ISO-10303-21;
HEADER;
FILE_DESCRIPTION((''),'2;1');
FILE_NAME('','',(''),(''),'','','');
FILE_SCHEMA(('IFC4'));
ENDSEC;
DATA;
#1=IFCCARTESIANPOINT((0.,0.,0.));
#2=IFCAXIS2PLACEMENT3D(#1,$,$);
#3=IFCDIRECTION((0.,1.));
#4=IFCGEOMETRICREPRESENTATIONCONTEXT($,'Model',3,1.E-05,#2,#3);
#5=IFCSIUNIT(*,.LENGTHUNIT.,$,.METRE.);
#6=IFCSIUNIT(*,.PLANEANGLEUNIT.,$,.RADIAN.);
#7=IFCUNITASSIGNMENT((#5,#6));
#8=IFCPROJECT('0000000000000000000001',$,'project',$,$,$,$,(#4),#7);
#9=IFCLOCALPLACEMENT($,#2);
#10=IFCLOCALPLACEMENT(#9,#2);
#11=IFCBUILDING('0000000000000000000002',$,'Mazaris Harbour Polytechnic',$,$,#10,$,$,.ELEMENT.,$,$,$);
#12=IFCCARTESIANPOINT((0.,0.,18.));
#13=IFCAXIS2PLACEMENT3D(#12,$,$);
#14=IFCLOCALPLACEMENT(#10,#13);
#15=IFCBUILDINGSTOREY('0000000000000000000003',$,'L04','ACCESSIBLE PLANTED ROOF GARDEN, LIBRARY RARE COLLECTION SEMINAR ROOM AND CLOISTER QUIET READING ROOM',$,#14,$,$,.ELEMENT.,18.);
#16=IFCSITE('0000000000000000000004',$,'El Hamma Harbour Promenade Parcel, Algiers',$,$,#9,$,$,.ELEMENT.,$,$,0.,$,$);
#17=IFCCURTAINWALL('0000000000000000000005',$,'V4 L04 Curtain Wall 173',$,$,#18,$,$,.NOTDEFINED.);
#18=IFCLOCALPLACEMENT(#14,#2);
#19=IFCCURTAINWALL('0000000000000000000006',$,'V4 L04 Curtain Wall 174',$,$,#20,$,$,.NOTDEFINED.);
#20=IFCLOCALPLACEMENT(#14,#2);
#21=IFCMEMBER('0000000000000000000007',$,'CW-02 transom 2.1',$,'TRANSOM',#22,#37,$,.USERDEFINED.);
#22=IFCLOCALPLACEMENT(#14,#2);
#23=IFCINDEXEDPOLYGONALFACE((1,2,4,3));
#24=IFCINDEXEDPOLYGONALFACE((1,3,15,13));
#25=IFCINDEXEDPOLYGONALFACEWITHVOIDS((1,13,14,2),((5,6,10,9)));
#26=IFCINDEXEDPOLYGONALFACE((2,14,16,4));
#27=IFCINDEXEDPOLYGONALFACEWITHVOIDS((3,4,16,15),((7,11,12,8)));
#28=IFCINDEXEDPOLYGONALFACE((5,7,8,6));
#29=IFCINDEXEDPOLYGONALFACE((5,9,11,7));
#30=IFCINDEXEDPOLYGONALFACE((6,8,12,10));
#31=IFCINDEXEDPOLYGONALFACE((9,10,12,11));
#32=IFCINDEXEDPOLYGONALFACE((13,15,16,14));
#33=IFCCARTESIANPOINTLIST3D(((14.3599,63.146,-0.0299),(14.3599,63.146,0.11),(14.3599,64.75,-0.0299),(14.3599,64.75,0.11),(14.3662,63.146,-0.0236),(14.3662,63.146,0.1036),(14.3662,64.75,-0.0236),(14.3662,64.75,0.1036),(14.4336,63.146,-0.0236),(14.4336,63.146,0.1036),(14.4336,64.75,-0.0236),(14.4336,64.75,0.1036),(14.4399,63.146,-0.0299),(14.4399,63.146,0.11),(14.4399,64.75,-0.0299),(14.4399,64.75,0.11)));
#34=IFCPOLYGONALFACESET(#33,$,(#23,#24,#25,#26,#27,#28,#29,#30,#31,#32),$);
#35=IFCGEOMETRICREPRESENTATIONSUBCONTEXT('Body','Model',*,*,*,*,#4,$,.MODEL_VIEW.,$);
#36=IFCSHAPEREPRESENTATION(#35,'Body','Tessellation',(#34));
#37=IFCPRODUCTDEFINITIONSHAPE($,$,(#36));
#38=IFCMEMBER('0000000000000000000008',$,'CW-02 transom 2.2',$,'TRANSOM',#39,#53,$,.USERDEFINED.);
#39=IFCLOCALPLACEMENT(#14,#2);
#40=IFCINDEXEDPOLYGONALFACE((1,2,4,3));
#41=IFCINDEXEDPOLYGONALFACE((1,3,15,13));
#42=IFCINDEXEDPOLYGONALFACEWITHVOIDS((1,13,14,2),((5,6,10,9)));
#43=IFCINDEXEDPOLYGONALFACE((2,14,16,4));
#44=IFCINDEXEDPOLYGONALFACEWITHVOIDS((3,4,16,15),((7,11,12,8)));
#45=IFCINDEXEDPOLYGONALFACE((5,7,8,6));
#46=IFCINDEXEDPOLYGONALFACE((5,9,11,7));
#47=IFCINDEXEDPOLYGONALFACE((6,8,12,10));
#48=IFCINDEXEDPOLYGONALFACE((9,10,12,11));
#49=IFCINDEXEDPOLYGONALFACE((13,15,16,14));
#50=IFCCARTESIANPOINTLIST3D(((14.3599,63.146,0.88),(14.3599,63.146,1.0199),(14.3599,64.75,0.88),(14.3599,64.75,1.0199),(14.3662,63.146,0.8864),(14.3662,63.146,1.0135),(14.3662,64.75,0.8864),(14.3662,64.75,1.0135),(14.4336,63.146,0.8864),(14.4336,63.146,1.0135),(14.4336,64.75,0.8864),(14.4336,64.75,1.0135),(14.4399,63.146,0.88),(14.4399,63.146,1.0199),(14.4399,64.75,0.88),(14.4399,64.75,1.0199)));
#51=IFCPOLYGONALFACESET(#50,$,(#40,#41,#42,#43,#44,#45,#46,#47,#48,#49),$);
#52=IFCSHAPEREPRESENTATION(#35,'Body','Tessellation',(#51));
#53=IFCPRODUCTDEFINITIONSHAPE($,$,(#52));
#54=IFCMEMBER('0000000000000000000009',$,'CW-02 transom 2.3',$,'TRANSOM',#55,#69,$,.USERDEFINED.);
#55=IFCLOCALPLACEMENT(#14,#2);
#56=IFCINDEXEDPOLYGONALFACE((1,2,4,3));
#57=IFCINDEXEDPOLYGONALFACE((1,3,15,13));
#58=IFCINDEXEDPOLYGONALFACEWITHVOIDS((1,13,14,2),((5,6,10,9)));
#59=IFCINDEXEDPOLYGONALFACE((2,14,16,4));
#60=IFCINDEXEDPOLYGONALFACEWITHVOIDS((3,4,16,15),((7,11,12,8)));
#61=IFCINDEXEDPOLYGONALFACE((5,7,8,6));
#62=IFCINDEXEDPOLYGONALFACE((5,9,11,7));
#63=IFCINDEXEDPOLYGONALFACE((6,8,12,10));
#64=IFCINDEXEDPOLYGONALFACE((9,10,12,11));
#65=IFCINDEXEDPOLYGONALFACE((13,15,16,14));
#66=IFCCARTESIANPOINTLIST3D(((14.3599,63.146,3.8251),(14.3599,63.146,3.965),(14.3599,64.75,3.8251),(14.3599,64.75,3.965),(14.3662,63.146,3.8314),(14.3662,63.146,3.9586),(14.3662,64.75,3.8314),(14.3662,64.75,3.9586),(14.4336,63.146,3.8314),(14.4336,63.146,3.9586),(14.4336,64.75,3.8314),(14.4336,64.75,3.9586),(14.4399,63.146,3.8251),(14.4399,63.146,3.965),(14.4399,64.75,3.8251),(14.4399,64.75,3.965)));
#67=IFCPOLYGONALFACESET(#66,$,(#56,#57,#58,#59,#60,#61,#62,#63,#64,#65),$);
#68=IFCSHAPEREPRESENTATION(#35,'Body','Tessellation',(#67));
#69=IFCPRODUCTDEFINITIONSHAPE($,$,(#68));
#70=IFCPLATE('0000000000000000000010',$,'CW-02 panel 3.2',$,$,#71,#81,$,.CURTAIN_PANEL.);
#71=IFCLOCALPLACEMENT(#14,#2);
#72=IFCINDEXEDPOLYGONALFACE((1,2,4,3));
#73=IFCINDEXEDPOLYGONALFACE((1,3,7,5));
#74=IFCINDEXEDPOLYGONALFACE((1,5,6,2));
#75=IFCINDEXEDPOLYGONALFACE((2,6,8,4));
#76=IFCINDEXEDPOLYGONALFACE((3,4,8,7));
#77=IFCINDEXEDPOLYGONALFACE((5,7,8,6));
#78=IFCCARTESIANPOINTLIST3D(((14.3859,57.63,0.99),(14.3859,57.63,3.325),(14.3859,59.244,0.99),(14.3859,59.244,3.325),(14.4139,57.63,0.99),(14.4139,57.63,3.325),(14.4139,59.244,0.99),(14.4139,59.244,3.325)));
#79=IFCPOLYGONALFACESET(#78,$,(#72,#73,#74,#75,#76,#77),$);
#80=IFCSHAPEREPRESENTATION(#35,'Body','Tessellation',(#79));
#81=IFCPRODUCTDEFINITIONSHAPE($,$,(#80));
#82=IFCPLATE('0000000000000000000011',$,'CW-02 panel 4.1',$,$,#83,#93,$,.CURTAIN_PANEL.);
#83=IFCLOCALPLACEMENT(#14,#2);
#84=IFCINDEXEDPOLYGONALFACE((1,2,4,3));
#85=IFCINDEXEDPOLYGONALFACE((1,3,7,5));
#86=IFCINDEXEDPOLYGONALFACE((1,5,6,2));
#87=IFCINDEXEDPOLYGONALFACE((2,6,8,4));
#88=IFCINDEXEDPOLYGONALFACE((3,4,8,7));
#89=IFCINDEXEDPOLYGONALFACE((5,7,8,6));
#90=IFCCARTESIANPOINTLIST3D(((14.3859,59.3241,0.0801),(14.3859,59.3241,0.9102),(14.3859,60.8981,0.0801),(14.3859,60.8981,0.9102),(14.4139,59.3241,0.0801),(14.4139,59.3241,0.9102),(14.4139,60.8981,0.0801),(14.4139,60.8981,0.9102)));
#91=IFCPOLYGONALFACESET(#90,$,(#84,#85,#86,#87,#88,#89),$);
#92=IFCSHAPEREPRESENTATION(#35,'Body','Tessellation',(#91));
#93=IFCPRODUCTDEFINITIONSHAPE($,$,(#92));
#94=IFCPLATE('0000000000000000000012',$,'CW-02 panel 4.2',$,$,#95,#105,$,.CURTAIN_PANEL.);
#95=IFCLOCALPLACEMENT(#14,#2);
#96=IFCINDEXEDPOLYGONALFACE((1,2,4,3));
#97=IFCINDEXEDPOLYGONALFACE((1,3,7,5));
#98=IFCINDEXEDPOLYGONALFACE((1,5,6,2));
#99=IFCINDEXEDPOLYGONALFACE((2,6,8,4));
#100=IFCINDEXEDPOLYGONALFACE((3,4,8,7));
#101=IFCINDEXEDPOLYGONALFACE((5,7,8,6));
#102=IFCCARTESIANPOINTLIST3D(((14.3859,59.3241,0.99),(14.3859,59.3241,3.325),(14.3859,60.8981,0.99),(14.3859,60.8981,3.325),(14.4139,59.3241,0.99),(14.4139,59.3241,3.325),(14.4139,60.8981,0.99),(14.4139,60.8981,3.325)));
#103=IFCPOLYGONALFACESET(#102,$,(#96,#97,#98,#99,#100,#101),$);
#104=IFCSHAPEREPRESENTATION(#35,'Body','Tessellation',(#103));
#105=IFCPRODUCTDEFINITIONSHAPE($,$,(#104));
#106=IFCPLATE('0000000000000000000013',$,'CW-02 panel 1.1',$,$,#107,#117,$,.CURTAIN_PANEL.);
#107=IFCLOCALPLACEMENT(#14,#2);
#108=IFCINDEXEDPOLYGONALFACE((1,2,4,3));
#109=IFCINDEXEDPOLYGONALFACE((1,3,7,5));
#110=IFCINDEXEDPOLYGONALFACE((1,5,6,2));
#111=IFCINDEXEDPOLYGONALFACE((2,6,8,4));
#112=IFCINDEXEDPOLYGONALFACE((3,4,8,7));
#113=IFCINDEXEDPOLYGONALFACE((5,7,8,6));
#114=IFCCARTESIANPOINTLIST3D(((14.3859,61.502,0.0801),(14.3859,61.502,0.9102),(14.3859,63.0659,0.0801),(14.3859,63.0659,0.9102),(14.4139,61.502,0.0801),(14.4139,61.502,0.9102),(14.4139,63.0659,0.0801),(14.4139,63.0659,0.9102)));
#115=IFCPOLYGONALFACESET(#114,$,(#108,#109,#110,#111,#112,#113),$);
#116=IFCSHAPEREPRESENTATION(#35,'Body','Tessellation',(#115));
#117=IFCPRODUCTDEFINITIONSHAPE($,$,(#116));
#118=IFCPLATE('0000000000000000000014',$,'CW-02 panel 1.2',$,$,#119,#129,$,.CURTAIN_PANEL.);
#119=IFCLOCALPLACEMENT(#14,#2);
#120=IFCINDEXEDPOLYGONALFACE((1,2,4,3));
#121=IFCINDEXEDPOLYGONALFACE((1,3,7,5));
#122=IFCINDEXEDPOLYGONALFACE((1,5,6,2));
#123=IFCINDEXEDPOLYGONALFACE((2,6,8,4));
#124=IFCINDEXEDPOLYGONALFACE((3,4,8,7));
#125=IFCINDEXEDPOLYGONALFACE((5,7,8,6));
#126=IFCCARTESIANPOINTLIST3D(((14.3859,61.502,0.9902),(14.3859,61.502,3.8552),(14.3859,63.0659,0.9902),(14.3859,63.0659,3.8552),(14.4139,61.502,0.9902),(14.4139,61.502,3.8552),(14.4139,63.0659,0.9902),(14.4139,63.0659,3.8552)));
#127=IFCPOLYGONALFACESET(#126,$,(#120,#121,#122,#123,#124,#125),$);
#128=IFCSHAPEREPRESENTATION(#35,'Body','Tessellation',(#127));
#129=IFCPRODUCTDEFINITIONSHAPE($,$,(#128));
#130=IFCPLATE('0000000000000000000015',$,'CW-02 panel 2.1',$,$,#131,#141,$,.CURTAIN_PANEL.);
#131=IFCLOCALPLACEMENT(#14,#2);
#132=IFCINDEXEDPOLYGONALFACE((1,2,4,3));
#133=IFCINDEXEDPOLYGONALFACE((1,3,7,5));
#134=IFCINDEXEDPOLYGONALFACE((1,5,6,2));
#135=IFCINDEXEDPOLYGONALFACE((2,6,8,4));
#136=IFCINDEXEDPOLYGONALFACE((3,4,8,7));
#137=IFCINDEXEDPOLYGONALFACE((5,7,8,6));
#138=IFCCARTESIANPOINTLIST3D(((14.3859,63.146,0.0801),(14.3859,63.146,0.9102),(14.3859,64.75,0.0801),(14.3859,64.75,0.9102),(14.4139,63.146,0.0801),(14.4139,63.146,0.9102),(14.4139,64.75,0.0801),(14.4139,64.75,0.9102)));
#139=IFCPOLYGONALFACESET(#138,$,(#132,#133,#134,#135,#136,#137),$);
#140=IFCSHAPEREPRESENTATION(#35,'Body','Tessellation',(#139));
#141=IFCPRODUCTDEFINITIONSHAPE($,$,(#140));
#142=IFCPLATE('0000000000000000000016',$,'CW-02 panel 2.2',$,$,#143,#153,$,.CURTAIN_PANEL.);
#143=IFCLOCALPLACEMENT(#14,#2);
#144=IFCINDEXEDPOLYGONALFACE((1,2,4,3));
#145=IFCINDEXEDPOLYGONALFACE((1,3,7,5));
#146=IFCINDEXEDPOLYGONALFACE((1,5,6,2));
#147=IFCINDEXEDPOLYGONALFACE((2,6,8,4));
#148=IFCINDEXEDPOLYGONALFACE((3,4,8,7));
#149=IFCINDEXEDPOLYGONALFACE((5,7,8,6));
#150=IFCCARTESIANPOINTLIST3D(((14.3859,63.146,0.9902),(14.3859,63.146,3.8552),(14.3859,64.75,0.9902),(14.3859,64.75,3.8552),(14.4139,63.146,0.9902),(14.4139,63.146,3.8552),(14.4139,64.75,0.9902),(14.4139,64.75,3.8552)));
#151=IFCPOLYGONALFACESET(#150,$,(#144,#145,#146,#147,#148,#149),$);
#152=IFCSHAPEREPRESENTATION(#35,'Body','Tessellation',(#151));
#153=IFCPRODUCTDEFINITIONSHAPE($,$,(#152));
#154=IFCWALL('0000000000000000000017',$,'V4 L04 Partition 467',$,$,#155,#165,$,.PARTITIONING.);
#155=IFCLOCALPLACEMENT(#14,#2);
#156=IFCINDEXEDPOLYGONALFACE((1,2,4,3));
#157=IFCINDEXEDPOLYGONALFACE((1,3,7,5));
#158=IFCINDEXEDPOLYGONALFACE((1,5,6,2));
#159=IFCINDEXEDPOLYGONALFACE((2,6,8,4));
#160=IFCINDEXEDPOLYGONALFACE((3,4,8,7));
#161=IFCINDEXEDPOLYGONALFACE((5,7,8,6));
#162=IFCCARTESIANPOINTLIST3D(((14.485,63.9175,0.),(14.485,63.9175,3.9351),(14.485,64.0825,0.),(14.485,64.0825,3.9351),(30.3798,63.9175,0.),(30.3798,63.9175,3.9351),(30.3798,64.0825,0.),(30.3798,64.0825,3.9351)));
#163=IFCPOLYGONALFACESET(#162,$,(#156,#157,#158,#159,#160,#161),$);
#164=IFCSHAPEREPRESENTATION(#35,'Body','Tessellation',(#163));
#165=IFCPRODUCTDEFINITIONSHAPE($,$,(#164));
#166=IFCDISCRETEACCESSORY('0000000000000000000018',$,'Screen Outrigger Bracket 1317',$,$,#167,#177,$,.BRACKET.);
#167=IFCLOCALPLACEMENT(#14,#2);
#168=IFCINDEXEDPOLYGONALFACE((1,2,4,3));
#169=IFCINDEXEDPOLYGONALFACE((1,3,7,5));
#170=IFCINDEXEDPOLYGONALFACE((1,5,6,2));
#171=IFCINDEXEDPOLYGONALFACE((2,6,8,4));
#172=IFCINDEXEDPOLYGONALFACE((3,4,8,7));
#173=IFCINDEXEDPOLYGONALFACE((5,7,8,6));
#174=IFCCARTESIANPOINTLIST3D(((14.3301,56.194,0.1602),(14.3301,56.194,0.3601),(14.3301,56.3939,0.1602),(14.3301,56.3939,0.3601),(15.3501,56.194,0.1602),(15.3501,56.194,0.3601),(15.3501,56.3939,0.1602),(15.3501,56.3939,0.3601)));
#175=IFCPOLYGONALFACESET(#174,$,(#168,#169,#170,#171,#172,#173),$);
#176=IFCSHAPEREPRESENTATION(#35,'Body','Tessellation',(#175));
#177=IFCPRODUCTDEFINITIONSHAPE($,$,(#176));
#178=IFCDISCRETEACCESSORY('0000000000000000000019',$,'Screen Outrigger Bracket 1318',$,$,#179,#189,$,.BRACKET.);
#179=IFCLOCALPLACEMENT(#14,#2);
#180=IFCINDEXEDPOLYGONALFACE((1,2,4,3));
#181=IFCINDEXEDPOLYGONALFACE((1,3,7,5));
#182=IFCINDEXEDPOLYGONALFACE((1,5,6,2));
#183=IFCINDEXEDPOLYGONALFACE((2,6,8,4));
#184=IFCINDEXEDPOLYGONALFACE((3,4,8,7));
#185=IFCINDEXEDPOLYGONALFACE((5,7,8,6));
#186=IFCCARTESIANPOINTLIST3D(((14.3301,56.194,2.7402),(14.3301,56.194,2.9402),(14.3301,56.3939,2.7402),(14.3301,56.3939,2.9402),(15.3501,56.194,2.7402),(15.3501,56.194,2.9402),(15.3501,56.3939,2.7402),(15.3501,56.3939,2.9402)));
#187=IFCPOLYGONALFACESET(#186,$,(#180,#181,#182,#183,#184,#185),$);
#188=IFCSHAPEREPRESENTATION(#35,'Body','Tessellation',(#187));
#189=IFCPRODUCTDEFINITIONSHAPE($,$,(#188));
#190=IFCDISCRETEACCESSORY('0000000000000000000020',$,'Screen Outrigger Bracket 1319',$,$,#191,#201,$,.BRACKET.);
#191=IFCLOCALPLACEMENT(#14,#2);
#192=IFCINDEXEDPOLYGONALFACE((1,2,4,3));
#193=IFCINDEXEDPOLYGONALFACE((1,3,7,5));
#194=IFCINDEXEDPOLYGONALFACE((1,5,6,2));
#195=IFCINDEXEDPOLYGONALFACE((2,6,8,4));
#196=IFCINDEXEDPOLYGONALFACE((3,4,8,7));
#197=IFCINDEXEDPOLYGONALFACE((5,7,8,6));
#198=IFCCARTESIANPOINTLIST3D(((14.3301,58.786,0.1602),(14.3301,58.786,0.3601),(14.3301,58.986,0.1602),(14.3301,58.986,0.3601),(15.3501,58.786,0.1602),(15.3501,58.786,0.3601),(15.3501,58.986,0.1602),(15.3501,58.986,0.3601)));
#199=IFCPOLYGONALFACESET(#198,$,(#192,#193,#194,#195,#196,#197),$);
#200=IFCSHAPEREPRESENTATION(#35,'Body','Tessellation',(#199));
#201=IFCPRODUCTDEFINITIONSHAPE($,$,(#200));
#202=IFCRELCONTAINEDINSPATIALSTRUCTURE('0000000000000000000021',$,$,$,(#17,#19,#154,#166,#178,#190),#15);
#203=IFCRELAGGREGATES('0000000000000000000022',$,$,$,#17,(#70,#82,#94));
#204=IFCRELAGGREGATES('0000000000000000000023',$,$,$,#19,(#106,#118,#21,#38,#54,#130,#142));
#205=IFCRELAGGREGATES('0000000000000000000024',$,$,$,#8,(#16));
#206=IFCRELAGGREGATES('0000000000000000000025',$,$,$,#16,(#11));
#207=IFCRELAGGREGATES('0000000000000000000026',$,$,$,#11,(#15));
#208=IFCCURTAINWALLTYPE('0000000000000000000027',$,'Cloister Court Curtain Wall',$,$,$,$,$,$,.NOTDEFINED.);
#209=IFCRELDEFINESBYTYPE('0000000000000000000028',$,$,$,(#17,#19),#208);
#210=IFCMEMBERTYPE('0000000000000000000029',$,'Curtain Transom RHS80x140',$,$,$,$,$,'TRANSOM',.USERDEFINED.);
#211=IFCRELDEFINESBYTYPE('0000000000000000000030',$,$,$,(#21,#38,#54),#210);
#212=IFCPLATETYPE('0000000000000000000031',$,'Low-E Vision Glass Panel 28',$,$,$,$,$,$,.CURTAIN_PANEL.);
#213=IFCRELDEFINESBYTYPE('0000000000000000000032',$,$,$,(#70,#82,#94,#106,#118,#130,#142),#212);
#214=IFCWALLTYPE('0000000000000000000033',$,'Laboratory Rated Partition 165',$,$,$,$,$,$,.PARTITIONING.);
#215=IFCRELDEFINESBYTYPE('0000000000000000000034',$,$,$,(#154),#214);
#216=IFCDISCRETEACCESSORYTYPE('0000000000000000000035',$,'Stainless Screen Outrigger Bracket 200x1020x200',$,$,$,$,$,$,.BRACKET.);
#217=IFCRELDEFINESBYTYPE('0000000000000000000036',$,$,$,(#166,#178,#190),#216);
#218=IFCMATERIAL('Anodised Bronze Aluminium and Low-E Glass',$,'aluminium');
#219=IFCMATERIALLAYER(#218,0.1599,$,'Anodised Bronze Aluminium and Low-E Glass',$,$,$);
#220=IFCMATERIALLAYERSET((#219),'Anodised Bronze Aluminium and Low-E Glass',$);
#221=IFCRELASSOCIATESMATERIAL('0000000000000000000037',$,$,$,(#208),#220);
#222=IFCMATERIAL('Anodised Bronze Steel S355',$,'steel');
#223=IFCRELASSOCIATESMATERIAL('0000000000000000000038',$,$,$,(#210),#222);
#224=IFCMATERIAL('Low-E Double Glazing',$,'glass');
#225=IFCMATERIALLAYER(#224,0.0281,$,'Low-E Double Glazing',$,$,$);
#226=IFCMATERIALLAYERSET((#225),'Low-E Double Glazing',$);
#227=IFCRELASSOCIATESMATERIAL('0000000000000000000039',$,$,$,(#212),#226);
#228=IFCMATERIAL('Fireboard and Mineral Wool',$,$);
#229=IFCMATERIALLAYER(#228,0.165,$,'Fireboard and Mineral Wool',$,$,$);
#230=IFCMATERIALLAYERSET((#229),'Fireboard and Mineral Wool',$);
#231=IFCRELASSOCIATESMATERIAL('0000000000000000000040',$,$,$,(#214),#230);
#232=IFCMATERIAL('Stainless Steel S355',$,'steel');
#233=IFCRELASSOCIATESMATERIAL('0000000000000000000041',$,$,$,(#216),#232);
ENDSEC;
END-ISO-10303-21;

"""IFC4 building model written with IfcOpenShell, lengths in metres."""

from ifc_helpers import new_model, si_unit, direction, frame, frame_2d, origin, origin_2d, place, context, subcontext, project, spatial, rectangle, hollow_rectangle, extrude, material, layer, layer_set, material_profile, profile_set, type_object, element, aggregate, save


model = new_model("IFC4")

# Units and contexts
model_context = context("Model", 3, precision=1e-05, world=origin(), true_north=direction((0.0, 1.0)))
body_context = subcontext(model_context, "Body", "Model", "MODEL_VIEW")
ifc_project = project(units=[si_unit("LENGTHUNIT", "METRE"), si_unit("PLANEANGLEUNIT", "RADIAN")], contexts=[model_context])

# Site, building, storey
site_placement = place(None, origin())
site = spatial("IfcSite", under=ifc_project, at=site_placement, Name="El Hamma Harbour Promenade Parcel, Algiers", CompositionType="ELEMENT", RefElevation=0.0)
building_placement = place(site_placement, origin())
building = spatial("IfcBuilding", under=site, at=building_placement, Name="Mazaris Harbour Polytechnic", CompositionType="ELEMENT")
storey_placement = place(building_placement, frame((0.0, 0.0, 18.0)))
storey = spatial("IfcBuildingStorey", under=building, at=storey_placement, Name="L04", Description="ACCESSIBLE PLANTED ROOF GARDEN, LIBRARY RARE COLLECTION SEMINAR ROOM AND CLOISTER QUIET READING ROOM", CompositionType="ELEMENT", Elevation=18.0)

# Curtain walls
ifc_material_1 = material(Name="Anodised Bronze Aluminium and Low-E Glass", Category="aluminium")
ifc_layer_1 = layer(ifc_material_1, 0.1599, Name="Anodised Bronze Aluminium and Low-E Glass")
ifc_layer_set_1 = layer_set([ifc_layer_1], Name="Anodised Bronze Aluminium and Low-E Glass")
curtain_wall_type = type_object("IfcCurtainWallType", Name="Cloister Court Curtain Wall", PredefinedType="NOTDEFINED", material=ifc_layer_set_1)
curtain_wall_1_placement = place(storey_placement, origin())
curtain_wall_1 = element("IfcCurtainWall", 1, at=curtain_wall_1_placement, inside=storey, type_object=curtain_wall_type, Name="V4 L04 Curtain Wall 173", PredefinedType="NOTDEFINED")
curtain_wall_2_placement = place(storey_placement, origin())
curtain_wall_2 = element("IfcCurtainWall", 2, at=curtain_wall_2_placement, inside=storey, type_object=curtain_wall_type, Name="V4 L04 Curtain Wall 174", PredefinedType="NOTDEFINED")

# Members
ifc_material_2 = material(Name="Anodised Bronze Steel S355", Category="steel")
ifc_material_profile_1 = material_profile(ifc_material_2, hollow_rectangle(XDim=0.0801, YDim=0.1399, WallThickness=0.0063, at=origin_2d()), Name="RHS 80x140x6.3")
ifc_profile_set_1 = profile_set([ifc_material_profile_1], Name="Anodised Bronze Steel S355")
member_type_1 = type_object("IfcMemberType", Name="Curtain Transom RHS80x140", ElementType="TRANSOM", PredefinedType="USERDEFINED", material=ifc_profile_set_1)
member_1_placement = place(storey_placement, frame((14.3999, 63.146, 0.04), z_axis=(0.0, 1.0, 0.0), x_axis=(-1.0, 0.0, 0.0)))
member_1 = element("IfcMember", 3, at=member_1_placement, type_object=member_type_1, Name="CW-02 transom 2.1", ObjectType="TRANSOM", PredefinedType="USERDEFINED", context=body_context, shape_type="SweptSolid", body=[
    extrude(hollow_rectangle(XDim=0.0801, YDim=0.1399, WallThickness=0.0063, at=origin_2d()), origin(), (0.0, 0.0, 1.0), 1.604),
])
member_2_placement = place(storey_placement, frame((14.3999, 63.146, 0.95), z_axis=(0.0, 1.0, 0.0), x_axis=(-1.0, 0.0, 0.0)))
member_2 = element("IfcMember", 4, at=member_2_placement, type_object=member_type_1, Name="CW-02 transom 2.2", ObjectType="TRANSOM", PredefinedType="USERDEFINED", context=body_context, shape_type="SweptSolid", body=[
    extrude(hollow_rectangle(XDim=0.0801, YDim=0.1399, WallThickness=0.0063, at=origin_2d()), origin(), (0.0, 0.0, 1.0), 1.604),
])
member_3_placement = place(storey_placement, frame((14.3999, 63.146, 3.895), z_axis=(0.0, 1.0, 0.0), x_axis=(-1.0, 0.0, 0.0)))
member_3 = element("IfcMember", 5, at=member_3_placement, type_object=member_type_1, Name="CW-02 transom 2.3", ObjectType="TRANSOM", PredefinedType="USERDEFINED", context=body_context, shape_type="SweptSolid", body=[
    extrude(hollow_rectangle(XDim=0.0801, YDim=0.1399, WallThickness=0.0063, at=origin_2d()), origin(), (0.0, 0.0, 1.0), 1.604),
])

# Plates
ifc_material_3 = material(Name="Low-E Double Glazing", Category="glass")
ifc_layer_2 = layer(ifc_material_3, 0.0281, Name="Low-E Double Glazing")
ifc_layer_set_2 = layer_set([ifc_layer_2], Name="Low-E Double Glazing")
plate_type = type_object("IfcPlateType", Name="Low-E Vision Glass Panel 28", PredefinedType="CURTAIN_PANEL", material=ifc_layer_set_2)
plate_1_placement = place(storey_placement, frame((14.3999, 58.437, 0.99), z_axis=(0.0, 0.0, 1.0), x_axis=(0.0, 1.0, 0.0)))
plate_1 = element("IfcPlate", 6, at=plate_1_placement, type_object=plate_type, Name="CW-02 panel 3.2", PredefinedType="CURTAIN_PANEL", context=body_context, shape_type="SweptSolid", body=[
    extrude(rectangle(XDim=1.614, YDim=0.0281, at=origin_2d()), origin(), (0.0, 0.0, 1.0), 2.335),
])
plate_2_placement = place(storey_placement, frame((14.3999, 60.1111, 0.0801), z_axis=(0.0, 0.0, 1.0), x_axis=(0.0, 1.0, 0.0)))
plate_2 = element("IfcPlate", 7, at=plate_2_placement, type_object=plate_type, Name="CW-02 panel 4.1", PredefinedType="CURTAIN_PANEL", context=body_context, shape_type="SweptSolid", body=[
    extrude(rectangle(XDim=1.574, YDim=0.0281, at=origin_2d()), origin(), (0.0, 0.0, 1.0), 0.8301),
])
plate_3_placement = place(storey_placement, frame((14.3999, 60.1111, 0.99), z_axis=(0.0, 0.0, 1.0), x_axis=(0.0, 1.0, 0.0)))
plate_3 = element("IfcPlate", 8, at=plate_3_placement, type_object=plate_type, Name="CW-02 panel 4.2", PredefinedType="CURTAIN_PANEL", context=body_context, shape_type="SweptSolid", body=[
    extrude(rectangle(XDim=1.574, YDim=0.0281, at=origin_2d()), origin(), (0.0, 0.0, 1.0), 2.335),
])
aggregate(curtain_wall_1, [plate_1, plate_2, plate_3])
plate_4_placement = place(storey_placement, frame((14.3999, 62.2839, 0.0801), z_axis=(0.0, 0.0, 1.0), x_axis=(0.0, 1.0, 0.0)))
plate_4 = element("IfcPlate", 9, at=plate_4_placement, type_object=plate_type, Name="CW-02 panel 1.1", PredefinedType="CURTAIN_PANEL", context=body_context, shape_type="SweptSolid", body=[
    extrude(rectangle(XDim=1.564, YDim=0.0281, at=origin_2d()), origin(), (0.0, 0.0, 1.0), 0.8301),
])
plate_5_placement = place(storey_placement, frame((14.3999, 62.2839, 0.9902), z_axis=(0.0, 0.0, 1.0), x_axis=(0.0, 1.0, 0.0)))
plate_5 = element("IfcPlate", 10, at=plate_5_placement, type_object=plate_type, Name="CW-02 panel 1.2", PredefinedType="CURTAIN_PANEL", context=body_context, shape_type="SweptSolid", body=[
    extrude(rectangle(XDim=1.564, YDim=0.0281, at=origin_2d()), origin(), (0.0, 0.0, 1.0), 2.865),
])
plate_6_placement = place(storey_placement, frame((14.3999, 63.948, 0.0801), z_axis=(0.0, 0.0, 1.0), x_axis=(0.0, 1.0, 0.0)))
plate_6 = element("IfcPlate", 11, at=plate_6_placement, type_object=plate_type, Name="CW-02 panel 2.1", PredefinedType="CURTAIN_PANEL", context=body_context, shape_type="SweptSolid", body=[
    extrude(rectangle(XDim=1.604, YDim=0.0281, at=origin_2d()), origin(), (0.0, 0.0, 1.0), 0.8301),
])
plate_7_placement = place(storey_placement, frame((14.3999, 63.948, 0.9902), z_axis=(0.0, 0.0, 1.0), x_axis=(0.0, 1.0, 0.0)))
plate_7 = element("IfcPlate", 12, at=plate_7_placement, type_object=plate_type, Name="CW-02 panel 2.2", PredefinedType="CURTAIN_PANEL", context=body_context, shape_type="SweptSolid", body=[
    extrude(rectangle(XDim=1.604, YDim=0.0281, at=origin_2d()), origin(), (0.0, 0.0, 1.0), 2.865),
])
aggregate(curtain_wall_2, [plate_4, plate_5, member_1, member_2, member_3, plate_6, plate_7])

# Wall
ifc_material_4 = material(Name="Fireboard and Mineral Wool")
ifc_layer_3 = layer(ifc_material_4, 0.165, Name="Fireboard and Mineral Wool")
ifc_layer_set_3 = layer_set([ifc_layer_3], Name="Fireboard and Mineral Wool")
wall_type = type_object("IfcWallType", Name="Laboratory Rated Partition 165", PredefinedType="PARTITIONING", material=ifc_layer_set_3)
wall_placement = place(storey_placement, frame((14.4851, 64.0, 0.0), z_axis=(0.0, 0.0, 1.0), x_axis=(1.0, 0.0, 0.0)))
element("IfcWall", 13, at=wall_placement, inside=storey, type_object=wall_type, Name="V4 L04 Partition 467", PredefinedType="PARTITIONING", context=body_context, shape_type="SweptSolid", body=[
    extrude(rectangle(XDim=15.8948, YDim=0.165, at=frame_2d((7.9473, 0.0))), origin(), (0.0, 0.0, 1.0), 3.9351),
])

# Discrete accessories
ifc_material_5 = material(Name="Stainless Steel S355", Category="steel")
discrete_accessory_type = type_object("IfcDiscreteAccessoryType", Name="Stainless Screen Outrigger Bracket 200x1020x200", PredefinedType="BRACKET", material=ifc_material_5)
for number, where, z_axis, x_axis, name in (
    (14, (14.8401, 56.2939, 0.1602), (0.0, 0.0, 1.0), (0.0, 1.0, 0.0), "Screen Outrigger Bracket 1317"),
    (15, (14.8401, 56.2939, 2.7402), (0.0, 0.0, 1.0), (0.0, 1.0, 0.0), "Screen Outrigger Bracket 1318"),
    (16, (14.8401, 58.886, 0.1602), (0.0, 0.0, 1.0), (0.0, 1.0, 0.0), "Screen Outrigger Bracket 1319"),
):
    element("IfcDiscreteAccessory", number, at=place(storey_placement, frame(where, z_axis=z_axis, x_axis=x_axis)), inside=storey, type_object=discrete_accessory_type, Name=name, PredefinedType="BRACKET", context=body_context, shape_type="SweptSolid", body=[
        extrude(rectangle(XDim=0.2, YDim=1.02, at=origin_2d()), origin(), (0.0, 0.0, 1.0), 0.2),
    ])

save(model, "model.ifc")
